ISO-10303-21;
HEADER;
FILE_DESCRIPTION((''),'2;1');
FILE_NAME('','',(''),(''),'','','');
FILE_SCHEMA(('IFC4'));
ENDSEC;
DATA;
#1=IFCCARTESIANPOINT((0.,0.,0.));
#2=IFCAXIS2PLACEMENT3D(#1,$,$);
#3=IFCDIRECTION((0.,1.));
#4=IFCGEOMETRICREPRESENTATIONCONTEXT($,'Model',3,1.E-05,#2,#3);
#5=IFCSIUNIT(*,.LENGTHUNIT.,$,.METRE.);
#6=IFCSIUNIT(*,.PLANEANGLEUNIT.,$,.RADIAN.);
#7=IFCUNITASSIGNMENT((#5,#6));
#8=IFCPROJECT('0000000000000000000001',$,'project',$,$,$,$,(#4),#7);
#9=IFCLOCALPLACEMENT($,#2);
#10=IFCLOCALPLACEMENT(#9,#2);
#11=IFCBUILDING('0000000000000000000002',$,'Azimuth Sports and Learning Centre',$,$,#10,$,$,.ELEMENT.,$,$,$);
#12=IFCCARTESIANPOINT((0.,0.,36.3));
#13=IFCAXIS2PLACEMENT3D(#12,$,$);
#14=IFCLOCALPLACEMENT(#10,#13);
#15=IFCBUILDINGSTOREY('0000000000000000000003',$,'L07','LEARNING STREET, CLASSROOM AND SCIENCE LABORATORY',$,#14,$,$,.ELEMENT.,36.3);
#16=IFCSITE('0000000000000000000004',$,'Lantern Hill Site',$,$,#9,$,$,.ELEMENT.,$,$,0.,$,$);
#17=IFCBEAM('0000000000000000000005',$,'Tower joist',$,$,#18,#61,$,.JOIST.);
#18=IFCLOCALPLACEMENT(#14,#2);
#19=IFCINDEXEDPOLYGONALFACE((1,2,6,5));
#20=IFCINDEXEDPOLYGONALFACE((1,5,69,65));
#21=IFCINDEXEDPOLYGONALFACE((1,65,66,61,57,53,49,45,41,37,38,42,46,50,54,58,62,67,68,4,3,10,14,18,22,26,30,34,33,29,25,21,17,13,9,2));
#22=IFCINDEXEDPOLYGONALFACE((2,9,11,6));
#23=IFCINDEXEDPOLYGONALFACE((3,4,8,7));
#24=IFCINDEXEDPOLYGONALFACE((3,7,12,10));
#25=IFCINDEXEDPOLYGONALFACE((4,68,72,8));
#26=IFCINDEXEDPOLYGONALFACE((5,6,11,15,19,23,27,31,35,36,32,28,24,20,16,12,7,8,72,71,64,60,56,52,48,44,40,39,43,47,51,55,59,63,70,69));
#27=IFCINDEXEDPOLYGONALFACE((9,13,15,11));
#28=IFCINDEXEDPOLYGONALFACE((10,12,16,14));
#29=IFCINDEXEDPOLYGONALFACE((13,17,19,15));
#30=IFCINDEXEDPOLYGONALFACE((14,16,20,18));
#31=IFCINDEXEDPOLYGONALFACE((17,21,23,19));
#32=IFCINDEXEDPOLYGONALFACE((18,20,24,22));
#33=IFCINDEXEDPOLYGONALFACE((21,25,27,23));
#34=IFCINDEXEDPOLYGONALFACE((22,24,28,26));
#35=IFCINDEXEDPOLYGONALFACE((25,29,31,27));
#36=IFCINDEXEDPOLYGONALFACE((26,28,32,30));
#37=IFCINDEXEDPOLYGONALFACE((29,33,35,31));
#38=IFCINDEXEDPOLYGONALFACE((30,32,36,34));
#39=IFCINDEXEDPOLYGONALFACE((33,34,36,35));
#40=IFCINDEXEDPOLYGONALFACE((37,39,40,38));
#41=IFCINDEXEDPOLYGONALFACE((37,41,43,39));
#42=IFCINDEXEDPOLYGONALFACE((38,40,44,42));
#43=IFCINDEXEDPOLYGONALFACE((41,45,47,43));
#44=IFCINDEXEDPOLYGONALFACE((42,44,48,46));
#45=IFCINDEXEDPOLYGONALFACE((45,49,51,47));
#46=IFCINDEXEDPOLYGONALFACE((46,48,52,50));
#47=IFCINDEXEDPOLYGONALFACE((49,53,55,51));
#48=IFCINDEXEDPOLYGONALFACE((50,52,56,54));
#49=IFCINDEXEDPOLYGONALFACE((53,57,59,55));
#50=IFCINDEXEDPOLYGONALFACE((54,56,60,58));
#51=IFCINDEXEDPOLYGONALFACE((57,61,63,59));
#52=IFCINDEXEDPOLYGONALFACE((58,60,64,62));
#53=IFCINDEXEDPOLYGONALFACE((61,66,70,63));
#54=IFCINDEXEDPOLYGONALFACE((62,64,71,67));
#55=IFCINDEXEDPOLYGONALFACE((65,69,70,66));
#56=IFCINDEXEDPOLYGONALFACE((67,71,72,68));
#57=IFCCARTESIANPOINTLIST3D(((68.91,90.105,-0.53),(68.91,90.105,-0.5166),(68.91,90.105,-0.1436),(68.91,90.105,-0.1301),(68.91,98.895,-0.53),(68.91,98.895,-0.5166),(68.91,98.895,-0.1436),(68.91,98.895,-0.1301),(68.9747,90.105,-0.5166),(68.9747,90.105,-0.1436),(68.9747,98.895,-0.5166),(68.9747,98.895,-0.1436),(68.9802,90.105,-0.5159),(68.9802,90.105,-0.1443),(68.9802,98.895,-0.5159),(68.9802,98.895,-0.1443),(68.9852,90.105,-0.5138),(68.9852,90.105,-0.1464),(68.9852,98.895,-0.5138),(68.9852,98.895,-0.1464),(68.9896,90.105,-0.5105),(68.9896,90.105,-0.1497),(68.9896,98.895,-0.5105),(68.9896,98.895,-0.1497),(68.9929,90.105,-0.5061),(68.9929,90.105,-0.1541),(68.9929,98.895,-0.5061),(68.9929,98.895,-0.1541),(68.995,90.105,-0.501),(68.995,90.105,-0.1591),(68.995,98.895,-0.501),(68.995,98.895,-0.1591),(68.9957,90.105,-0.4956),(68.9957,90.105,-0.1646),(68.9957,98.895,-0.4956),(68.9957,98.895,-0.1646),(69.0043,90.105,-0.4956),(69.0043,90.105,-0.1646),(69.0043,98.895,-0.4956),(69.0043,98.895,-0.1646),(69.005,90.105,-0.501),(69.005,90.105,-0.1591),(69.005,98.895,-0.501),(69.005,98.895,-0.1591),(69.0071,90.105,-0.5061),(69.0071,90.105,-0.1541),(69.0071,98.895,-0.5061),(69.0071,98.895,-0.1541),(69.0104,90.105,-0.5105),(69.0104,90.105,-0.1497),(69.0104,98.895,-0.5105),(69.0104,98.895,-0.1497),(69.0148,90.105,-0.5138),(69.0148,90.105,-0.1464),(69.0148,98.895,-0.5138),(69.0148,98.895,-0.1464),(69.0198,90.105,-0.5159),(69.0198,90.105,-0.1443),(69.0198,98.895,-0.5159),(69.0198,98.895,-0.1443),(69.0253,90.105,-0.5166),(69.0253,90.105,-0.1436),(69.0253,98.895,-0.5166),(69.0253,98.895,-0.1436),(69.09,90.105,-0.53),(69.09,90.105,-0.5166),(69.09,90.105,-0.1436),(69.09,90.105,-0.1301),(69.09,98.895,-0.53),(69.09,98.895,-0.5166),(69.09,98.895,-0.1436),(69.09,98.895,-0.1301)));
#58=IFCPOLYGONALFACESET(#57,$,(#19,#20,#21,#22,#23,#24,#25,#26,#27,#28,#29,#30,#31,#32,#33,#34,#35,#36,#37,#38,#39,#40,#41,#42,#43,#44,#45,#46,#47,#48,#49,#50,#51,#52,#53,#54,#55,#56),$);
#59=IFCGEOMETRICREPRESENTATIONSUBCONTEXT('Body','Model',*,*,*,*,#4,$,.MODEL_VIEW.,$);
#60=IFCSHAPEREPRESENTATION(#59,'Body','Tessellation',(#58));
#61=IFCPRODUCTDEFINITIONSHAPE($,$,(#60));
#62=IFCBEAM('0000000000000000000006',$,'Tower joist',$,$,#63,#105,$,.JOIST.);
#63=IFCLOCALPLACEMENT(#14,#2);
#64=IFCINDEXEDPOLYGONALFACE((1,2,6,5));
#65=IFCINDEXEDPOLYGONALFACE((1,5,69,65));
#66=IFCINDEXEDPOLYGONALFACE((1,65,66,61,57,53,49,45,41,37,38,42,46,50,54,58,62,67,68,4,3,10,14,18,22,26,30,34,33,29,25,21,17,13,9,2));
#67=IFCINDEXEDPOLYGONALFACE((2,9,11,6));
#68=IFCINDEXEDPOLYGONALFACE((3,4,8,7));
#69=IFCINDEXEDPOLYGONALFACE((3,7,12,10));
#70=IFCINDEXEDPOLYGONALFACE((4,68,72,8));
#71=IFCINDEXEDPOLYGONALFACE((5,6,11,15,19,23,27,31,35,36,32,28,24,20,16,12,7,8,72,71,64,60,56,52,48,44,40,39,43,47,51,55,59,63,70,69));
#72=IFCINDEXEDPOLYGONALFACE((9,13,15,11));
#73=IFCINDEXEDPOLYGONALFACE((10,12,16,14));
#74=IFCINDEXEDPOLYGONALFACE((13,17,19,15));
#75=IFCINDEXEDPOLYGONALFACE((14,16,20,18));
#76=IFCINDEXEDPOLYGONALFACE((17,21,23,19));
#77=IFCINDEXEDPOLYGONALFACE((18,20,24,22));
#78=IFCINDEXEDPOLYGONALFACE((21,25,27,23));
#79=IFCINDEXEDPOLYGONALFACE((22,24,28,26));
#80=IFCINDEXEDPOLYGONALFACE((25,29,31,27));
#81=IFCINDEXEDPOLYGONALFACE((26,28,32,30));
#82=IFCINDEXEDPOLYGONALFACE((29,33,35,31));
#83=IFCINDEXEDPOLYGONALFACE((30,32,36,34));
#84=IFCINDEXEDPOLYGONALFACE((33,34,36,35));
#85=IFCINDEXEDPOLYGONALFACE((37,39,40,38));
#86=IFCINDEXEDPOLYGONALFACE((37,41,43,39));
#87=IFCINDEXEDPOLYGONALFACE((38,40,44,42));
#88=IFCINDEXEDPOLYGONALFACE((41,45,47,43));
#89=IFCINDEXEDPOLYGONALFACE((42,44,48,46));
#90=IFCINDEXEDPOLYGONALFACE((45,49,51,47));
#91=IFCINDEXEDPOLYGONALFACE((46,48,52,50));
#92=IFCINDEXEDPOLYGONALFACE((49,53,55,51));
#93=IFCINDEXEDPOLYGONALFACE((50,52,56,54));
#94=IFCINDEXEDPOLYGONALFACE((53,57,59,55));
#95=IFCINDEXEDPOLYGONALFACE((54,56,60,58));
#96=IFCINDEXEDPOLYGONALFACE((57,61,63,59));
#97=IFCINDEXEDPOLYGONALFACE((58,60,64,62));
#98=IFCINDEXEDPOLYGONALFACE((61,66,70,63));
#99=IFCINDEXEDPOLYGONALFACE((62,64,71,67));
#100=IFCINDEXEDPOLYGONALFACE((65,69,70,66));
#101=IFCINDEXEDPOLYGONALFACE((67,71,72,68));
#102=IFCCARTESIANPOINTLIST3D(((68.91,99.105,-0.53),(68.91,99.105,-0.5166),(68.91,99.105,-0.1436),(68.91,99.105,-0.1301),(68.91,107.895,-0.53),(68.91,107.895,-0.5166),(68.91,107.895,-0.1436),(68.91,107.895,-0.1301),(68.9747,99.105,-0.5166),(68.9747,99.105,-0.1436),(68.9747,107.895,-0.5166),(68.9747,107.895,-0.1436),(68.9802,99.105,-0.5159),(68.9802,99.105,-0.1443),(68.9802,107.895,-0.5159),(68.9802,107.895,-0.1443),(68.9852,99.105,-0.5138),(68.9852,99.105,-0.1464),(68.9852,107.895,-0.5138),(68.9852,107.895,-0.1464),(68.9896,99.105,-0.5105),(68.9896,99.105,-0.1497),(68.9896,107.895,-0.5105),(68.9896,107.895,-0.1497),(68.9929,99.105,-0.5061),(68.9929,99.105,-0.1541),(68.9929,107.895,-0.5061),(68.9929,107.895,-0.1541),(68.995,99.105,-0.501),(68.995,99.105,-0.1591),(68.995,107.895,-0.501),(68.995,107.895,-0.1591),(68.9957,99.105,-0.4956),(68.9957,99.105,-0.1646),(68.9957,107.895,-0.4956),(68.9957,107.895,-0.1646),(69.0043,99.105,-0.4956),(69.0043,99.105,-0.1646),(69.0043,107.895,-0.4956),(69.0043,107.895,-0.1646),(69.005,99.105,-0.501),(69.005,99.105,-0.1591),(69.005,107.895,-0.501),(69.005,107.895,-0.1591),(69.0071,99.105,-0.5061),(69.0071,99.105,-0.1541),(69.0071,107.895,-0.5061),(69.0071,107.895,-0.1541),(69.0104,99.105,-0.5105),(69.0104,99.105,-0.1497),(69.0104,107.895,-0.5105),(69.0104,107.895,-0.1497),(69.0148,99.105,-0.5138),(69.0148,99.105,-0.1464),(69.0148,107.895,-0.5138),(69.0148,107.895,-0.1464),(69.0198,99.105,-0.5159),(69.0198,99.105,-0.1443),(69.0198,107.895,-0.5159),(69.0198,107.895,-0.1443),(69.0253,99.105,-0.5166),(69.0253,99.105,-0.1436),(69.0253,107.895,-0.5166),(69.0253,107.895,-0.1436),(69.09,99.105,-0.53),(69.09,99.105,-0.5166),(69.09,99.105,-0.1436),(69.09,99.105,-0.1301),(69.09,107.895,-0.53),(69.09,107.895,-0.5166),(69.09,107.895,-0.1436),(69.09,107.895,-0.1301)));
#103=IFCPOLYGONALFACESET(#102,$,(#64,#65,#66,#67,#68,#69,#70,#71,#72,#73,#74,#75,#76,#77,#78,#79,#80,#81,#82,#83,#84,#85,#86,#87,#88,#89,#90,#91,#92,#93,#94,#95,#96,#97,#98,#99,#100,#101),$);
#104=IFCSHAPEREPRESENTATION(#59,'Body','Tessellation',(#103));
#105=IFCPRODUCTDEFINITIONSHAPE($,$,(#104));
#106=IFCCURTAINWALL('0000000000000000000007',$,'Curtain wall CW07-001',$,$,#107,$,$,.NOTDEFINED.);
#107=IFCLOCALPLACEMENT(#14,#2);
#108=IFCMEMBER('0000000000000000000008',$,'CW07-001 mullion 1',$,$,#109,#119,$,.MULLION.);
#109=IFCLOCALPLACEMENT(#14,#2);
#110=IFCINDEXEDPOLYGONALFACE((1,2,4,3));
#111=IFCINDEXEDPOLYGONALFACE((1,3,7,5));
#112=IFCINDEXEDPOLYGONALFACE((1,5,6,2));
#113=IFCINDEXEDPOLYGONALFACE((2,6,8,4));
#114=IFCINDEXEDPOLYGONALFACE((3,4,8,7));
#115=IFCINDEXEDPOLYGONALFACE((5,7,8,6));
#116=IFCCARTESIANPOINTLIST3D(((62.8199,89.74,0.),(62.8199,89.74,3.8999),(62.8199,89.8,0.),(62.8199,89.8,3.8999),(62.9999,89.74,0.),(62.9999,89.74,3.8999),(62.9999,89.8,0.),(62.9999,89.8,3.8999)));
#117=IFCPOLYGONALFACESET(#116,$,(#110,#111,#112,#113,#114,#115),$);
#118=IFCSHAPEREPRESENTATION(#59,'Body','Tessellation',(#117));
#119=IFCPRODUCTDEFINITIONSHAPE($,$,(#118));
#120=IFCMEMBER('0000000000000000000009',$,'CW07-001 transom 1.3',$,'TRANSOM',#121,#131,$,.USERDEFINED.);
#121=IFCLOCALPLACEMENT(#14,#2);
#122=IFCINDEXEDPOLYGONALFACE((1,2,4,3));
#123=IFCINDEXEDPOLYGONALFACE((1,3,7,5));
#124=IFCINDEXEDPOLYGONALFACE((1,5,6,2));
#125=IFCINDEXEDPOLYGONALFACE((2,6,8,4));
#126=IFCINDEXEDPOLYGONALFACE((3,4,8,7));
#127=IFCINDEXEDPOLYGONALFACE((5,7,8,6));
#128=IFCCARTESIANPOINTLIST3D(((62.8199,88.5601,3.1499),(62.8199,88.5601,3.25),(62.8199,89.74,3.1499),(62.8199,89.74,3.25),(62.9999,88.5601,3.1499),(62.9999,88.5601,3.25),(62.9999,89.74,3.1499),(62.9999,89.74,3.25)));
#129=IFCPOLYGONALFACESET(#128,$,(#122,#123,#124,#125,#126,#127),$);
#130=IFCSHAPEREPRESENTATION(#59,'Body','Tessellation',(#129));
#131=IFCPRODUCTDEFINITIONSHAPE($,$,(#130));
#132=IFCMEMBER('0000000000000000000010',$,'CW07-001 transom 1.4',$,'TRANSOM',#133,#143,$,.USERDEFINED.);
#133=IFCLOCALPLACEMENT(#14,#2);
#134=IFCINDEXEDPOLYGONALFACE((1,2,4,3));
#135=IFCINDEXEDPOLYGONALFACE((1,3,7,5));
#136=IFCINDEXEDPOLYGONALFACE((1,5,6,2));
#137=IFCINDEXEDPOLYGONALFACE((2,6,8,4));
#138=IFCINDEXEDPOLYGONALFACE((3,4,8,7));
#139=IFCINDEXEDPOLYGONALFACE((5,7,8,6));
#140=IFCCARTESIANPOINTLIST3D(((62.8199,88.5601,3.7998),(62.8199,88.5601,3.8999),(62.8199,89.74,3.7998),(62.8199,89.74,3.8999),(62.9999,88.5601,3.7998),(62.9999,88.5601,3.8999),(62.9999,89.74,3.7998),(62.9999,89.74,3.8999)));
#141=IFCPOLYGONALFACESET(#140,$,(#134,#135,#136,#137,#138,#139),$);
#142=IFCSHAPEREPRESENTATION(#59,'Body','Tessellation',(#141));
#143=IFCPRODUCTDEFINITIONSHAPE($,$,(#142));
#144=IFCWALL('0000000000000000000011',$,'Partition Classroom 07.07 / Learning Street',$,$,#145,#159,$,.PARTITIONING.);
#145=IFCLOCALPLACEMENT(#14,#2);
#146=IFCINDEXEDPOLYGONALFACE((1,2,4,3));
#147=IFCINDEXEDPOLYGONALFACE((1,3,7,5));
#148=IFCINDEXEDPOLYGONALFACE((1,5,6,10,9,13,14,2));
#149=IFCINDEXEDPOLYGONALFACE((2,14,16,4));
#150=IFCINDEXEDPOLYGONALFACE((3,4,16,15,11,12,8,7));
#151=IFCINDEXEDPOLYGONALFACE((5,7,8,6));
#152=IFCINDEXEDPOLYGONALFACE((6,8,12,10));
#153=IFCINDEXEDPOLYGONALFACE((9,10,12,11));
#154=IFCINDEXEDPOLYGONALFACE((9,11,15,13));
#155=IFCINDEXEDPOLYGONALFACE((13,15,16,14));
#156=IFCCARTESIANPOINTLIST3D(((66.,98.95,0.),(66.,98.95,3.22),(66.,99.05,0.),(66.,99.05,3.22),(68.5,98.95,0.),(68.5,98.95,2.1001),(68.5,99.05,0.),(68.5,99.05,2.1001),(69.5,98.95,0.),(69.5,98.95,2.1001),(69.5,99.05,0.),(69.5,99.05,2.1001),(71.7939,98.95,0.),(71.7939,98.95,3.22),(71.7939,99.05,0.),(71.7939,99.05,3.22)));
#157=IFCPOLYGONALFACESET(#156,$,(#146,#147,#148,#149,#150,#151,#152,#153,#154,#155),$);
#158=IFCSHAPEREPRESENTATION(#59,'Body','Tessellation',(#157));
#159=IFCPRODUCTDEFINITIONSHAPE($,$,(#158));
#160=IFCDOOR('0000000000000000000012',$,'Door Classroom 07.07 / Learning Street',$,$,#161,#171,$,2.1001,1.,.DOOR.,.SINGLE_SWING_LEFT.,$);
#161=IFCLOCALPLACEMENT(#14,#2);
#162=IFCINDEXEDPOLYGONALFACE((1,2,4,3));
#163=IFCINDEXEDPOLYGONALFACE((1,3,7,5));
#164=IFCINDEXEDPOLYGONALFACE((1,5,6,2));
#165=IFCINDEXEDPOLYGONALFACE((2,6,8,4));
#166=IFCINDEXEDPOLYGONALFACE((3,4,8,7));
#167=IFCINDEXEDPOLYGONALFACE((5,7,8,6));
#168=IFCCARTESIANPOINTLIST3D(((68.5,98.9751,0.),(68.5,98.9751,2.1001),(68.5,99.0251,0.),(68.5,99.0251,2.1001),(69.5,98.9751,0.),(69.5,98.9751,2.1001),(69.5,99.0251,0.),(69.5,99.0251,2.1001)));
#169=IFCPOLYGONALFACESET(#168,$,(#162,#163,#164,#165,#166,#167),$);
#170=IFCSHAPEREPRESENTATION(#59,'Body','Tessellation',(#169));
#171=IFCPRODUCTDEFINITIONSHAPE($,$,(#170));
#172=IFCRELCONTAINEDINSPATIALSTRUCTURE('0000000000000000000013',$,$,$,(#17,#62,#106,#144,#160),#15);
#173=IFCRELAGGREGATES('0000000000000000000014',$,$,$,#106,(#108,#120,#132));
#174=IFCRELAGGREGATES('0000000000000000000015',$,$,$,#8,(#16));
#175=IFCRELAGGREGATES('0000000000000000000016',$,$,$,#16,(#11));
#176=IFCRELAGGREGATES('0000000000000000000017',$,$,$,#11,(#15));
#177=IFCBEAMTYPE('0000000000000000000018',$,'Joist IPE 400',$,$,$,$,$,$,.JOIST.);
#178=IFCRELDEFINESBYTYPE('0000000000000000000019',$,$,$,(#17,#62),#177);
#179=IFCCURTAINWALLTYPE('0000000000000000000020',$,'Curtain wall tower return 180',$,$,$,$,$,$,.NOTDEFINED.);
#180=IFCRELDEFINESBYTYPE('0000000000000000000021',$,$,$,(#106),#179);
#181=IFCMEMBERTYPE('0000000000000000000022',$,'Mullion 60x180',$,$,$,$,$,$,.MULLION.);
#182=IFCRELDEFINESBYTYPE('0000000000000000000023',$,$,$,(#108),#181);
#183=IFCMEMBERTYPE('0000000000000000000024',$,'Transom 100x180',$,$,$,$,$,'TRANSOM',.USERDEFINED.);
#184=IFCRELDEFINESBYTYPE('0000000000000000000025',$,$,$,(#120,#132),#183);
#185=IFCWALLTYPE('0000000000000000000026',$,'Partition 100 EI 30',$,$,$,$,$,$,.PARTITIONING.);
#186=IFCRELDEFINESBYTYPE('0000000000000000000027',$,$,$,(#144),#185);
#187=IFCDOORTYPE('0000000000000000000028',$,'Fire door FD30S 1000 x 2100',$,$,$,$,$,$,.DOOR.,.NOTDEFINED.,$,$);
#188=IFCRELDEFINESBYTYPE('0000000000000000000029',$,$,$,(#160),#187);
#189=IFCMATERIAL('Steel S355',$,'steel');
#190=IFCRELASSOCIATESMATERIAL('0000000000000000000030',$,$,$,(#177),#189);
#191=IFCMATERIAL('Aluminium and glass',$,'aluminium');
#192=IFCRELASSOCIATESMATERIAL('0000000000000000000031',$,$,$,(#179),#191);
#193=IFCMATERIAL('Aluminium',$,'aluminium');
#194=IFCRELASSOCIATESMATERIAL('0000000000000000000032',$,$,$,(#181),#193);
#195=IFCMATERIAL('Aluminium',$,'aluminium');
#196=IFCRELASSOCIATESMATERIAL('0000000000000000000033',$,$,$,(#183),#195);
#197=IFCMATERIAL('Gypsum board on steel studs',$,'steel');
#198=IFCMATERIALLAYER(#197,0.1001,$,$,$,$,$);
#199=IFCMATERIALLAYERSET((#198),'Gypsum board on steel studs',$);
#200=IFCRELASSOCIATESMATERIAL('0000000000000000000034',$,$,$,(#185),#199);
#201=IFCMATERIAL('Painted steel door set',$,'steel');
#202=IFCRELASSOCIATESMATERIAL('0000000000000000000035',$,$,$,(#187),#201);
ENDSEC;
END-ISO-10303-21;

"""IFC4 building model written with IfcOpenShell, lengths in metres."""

from ifc_helpers import new_model, si_unit, direction, frame, frame_2d, origin, origin_2d, place, context, subcontext, project, spatial, rectangle, i_section, extrude, material, layer, layer_set, material_profile, profile_set, type_object, element, fill, aggregate, save


model = new_model("IFC4")

# Units and contexts
model_context = context("Model", 3, precision=1e-05, world=origin(), true_north=direction((0.0, 1.0)))
body_context = subcontext(model_context, "Body", "Model", "MODEL_VIEW")
ifc_project = project(units=[si_unit("LENGTHUNIT", "METRE"), si_unit("PLANEANGLEUNIT", "RADIAN")], contexts=[model_context])

# Site, building, storey
site_placement = place(None, origin())
site = spatial("IfcSite", under=ifc_project, at=site_placement, Name="Lantern Hill Site", CompositionType="ELEMENT", RefElevation=0.0)
building_placement = place(site_placement, origin())
building = spatial("IfcBuilding", under=site, at=building_placement, Name="Azimuth Sports and Learning Centre", CompositionType="ELEMENT")
storey_placement = place(building_placement, frame((0.0, 0.0, 36.3)))
storey = spatial("IfcBuildingStorey", under=building, at=storey_placement, Name="L07", Description="LEARNING STREET, CLASSROOM AND SCIENCE LABORATORY", CompositionType="ELEMENT", Elevation=36.3)

# Beams
ifc_material_1 = material(Name="Steel S355", Category="steel")
ifc_material_profile_1 = material_profile(ifc_material_1, i_section(OverallWidth=0.1799, OverallDepth=0.3999, WebThickness=0.0085, FlangeThickness=0.0134, FilletRadius=0.021, at=origin_2d()), Name="IPE 400")
ifc_profile_set_1 = profile_set([ifc_material_profile_1], Name="Steel S355")
beam_type_1 = type_object("IfcBeamType", Name="Joist IPE 400", PredefinedType="JOIST", material=ifc_profile_set_1)
for number, where, z_axis, x_axis, name in (
    (1, (69.0, 90.105, -0.3301), (0.0, 1.0, 0.0), (-1.0, 0.0, 0.0), "Tower joist"),
    (2, (69.0, 99.105, -0.3301), (0.0, 1.0, 0.0), (-1.0, 0.0, 0.0), "Tower joist"),
):
    element("IfcBeam", number, at=place(storey_placement, frame(where, z_axis=z_axis, x_axis=x_axis)), inside=storey, type_object=beam_type_1, Name=name, PredefinedType="JOIST", context=body_context, shape_type="SweptSolid", body=[
        extrude(i_section(OverallWidth=0.1799, OverallDepth=0.3999, WebThickness=0.0085, FlangeThickness=0.0134, FilletRadius=0.021, at=origin_2d()), origin(), (0.0, 0.0, 1.0), 8.79),
    ])

# Curtain wall, members
ifc_material_2 = material(Name="Aluminium and glass", Category="aluminium")
curtain_wall_type = type_object("IfcCurtainWallType", Name="Curtain wall tower return 180", PredefinedType="NOTDEFINED", material=ifc_material_2)
curtain_wall_placement = place(storey_placement, origin())
curtain_wall = element("IfcCurtainWall", 3, at=curtain_wall_placement, inside=storey, type_object=curtain_wall_type, Name="Curtain wall CW07-001", PredefinedType="NOTDEFINED")
ifc_material_3 = material(Name="Aluminium", Category="aluminium")
ifc_material_profile_2 = material_profile(ifc_material_3, rectangle(XDim=0.1799, YDim=0.0601, at=origin_2d()), Name="Mullion 60x180")
ifc_profile_set_2 = profile_set([ifc_material_profile_2], Name="Aluminium")
member_type_1 = type_object("IfcMemberType", Name="Mullion 60x180", PredefinedType="MULLION", material=ifc_profile_set_2)
member_1_placement = place(storey_placement, frame((62.9099, 89.77, 0.0), z_axis=(0.0, 0.0, 1.0), x_axis=(1.0, 0.0, 0.0)))
member_1 = element("IfcMember", 4, at=member_1_placement, type_object=member_type_1, Name="CW07-001 mullion 1", PredefinedType="MULLION", context=body_context, shape_type="SweptSolid", body=[
    extrude(rectangle(XDim=0.1799, YDim=0.0601, at=origin_2d()), origin(), (0.0, 0.0, 1.0), 3.8999),
])
ifc_material_4 = material(Name="Aluminium", Category="aluminium")
ifc_material_profile_3 = material_profile(ifc_material_4, rectangle(XDim=0.1799, YDim=0.1001, at=origin_2d()), Name="Transom 100x180")
ifc_profile_set_3 = profile_set([ifc_material_profile_3], Name="Aluminium")
member_type_2 = type_object("IfcMemberType", Name="Transom 100x180", ElementType="TRANSOM", PredefinedType="USERDEFINED", material=ifc_profile_set_3)
member_2_placement = place(storey_placement, frame((62.9099, 89.74, 3.2), z_axis=(0.0, -1.0, 0.0), x_axis=(1.0, 0.0, 0.0)))
member_2 = element("IfcMember", 5, at=member_2_placement, type_object=member_type_2, Name="CW07-001 transom 1.3", ObjectType="TRANSOM", PredefinedType="USERDEFINED", context=body_context, shape_type="SweptSolid", body=[
    extrude(rectangle(XDim=0.1799, YDim=0.1001, at=origin_2d()), origin(), (0.0, 0.0, 1.0), 1.1799),
])
member_3_placement = place(storey_placement, frame((62.9099, 89.74, 3.8499), z_axis=(0.0, -1.0, 0.0), x_axis=(1.0, 0.0, 0.0)))
member_3 = element("IfcMember", 6, at=member_3_placement, type_object=member_type_2, Name="CW07-001 transom 1.4", ObjectType="TRANSOM", PredefinedType="USERDEFINED", context=body_context, shape_type="SweptSolid", body=[
    extrude(rectangle(XDim=0.1799, YDim=0.1001, at=origin_2d()), origin(), (0.0, 0.0, 1.0), 1.1799),
])
aggregate(curtain_wall, [member_1, member_2, member_3])

# Wall, opening, door
ifc_material_5 = material(Name="Gypsum board on steel studs", Category="steel")
ifc_layer_1 = layer(ifc_material_5, 0.1001)
ifc_layer_set_1 = layer_set([ifc_layer_1], Name="Gypsum board on steel studs")
wall_type_1 = type_object("IfcWallType", Name="Partition 100 EI 30", PredefinedType="PARTITIONING", material=ifc_layer_set_1)
wall_1_placement = place(storey_placement, frame((66.0, 99.0, 0.0), z_axis=(0.0, 0.0, 1.0), x_axis=(1.0, 0.0, 0.0)))
wall_1 = element("IfcWall", 7, at=wall_1_placement, inside=storey, type_object=wall_type_1, Name="Partition Classroom 07.07 / Learning Street", PredefinedType="PARTITIONING", context=body_context, shape_type="SweptSolid", body=[
    extrude(rectangle(XDim=5.7939, YDim=0.1001, at=frame_2d((2.897, 0.0))), origin(), (0.0, 0.0, 1.0), 3.22),
])
opening_1_placement = place(wall_1_placement, frame((2.5, 0.0, 0.0)))
opening_1 = element("IfcOpeningElement", 8, at=opening_1_placement, cuts=wall_1, PredefinedType="OPENING", context=body_context, shape_type="SweptSolid", body=[
    extrude(rectangle(XDim=1.0, YDim=2.1001, at=frame_2d((0.5, 1.05))), frame((0.0, 0.061, 0.0), z_axis=(0.0, -1.0, 0.0), x_axis=(1.0, 0.0, 0.0)), (0.0, 0.0, 1.0), 0.1221),
])
ifc_material_6 = material(Name="Painted steel door set", Category="steel")
door_type_1 = type_object("IfcDoorType", Name="Fire door FD30S 1000 x 2100", OperationType="NOTDEFINED", PredefinedType="DOOR", material=ifc_material_6)
door_1_placement = place(opening_1_placement, frame((1.0, 0.0, 0.0), z_axis=(0.0, 0.0, 1.0), x_axis=(-1.0, 0.0, 0.0)))
door_1 = element("IfcDoor", 9, at=door_1_placement, inside=storey, type_object=door_type_1, Name="Door Classroom 07.07 / Learning Street", OperationType="SINGLE_SWING_LEFT", OverallHeight=2.1001, OverallWidth=1.0, PredefinedType="DOOR", context=body_context, shape_type="SweptSolid", body=[
    extrude(rectangle(XDim=1.0, YDim=2.1001, at=frame_2d((0.5, 1.05))), frame((0.0, 0.0249, 0.0), z_axis=(0.0, -1.0, 0.0), x_axis=(1.0, 0.0, 0.0)), (0.0, 0.0, 1.0), 0.05),
])
fill(opening_1, door_1)

save(model, "model.ifc")
